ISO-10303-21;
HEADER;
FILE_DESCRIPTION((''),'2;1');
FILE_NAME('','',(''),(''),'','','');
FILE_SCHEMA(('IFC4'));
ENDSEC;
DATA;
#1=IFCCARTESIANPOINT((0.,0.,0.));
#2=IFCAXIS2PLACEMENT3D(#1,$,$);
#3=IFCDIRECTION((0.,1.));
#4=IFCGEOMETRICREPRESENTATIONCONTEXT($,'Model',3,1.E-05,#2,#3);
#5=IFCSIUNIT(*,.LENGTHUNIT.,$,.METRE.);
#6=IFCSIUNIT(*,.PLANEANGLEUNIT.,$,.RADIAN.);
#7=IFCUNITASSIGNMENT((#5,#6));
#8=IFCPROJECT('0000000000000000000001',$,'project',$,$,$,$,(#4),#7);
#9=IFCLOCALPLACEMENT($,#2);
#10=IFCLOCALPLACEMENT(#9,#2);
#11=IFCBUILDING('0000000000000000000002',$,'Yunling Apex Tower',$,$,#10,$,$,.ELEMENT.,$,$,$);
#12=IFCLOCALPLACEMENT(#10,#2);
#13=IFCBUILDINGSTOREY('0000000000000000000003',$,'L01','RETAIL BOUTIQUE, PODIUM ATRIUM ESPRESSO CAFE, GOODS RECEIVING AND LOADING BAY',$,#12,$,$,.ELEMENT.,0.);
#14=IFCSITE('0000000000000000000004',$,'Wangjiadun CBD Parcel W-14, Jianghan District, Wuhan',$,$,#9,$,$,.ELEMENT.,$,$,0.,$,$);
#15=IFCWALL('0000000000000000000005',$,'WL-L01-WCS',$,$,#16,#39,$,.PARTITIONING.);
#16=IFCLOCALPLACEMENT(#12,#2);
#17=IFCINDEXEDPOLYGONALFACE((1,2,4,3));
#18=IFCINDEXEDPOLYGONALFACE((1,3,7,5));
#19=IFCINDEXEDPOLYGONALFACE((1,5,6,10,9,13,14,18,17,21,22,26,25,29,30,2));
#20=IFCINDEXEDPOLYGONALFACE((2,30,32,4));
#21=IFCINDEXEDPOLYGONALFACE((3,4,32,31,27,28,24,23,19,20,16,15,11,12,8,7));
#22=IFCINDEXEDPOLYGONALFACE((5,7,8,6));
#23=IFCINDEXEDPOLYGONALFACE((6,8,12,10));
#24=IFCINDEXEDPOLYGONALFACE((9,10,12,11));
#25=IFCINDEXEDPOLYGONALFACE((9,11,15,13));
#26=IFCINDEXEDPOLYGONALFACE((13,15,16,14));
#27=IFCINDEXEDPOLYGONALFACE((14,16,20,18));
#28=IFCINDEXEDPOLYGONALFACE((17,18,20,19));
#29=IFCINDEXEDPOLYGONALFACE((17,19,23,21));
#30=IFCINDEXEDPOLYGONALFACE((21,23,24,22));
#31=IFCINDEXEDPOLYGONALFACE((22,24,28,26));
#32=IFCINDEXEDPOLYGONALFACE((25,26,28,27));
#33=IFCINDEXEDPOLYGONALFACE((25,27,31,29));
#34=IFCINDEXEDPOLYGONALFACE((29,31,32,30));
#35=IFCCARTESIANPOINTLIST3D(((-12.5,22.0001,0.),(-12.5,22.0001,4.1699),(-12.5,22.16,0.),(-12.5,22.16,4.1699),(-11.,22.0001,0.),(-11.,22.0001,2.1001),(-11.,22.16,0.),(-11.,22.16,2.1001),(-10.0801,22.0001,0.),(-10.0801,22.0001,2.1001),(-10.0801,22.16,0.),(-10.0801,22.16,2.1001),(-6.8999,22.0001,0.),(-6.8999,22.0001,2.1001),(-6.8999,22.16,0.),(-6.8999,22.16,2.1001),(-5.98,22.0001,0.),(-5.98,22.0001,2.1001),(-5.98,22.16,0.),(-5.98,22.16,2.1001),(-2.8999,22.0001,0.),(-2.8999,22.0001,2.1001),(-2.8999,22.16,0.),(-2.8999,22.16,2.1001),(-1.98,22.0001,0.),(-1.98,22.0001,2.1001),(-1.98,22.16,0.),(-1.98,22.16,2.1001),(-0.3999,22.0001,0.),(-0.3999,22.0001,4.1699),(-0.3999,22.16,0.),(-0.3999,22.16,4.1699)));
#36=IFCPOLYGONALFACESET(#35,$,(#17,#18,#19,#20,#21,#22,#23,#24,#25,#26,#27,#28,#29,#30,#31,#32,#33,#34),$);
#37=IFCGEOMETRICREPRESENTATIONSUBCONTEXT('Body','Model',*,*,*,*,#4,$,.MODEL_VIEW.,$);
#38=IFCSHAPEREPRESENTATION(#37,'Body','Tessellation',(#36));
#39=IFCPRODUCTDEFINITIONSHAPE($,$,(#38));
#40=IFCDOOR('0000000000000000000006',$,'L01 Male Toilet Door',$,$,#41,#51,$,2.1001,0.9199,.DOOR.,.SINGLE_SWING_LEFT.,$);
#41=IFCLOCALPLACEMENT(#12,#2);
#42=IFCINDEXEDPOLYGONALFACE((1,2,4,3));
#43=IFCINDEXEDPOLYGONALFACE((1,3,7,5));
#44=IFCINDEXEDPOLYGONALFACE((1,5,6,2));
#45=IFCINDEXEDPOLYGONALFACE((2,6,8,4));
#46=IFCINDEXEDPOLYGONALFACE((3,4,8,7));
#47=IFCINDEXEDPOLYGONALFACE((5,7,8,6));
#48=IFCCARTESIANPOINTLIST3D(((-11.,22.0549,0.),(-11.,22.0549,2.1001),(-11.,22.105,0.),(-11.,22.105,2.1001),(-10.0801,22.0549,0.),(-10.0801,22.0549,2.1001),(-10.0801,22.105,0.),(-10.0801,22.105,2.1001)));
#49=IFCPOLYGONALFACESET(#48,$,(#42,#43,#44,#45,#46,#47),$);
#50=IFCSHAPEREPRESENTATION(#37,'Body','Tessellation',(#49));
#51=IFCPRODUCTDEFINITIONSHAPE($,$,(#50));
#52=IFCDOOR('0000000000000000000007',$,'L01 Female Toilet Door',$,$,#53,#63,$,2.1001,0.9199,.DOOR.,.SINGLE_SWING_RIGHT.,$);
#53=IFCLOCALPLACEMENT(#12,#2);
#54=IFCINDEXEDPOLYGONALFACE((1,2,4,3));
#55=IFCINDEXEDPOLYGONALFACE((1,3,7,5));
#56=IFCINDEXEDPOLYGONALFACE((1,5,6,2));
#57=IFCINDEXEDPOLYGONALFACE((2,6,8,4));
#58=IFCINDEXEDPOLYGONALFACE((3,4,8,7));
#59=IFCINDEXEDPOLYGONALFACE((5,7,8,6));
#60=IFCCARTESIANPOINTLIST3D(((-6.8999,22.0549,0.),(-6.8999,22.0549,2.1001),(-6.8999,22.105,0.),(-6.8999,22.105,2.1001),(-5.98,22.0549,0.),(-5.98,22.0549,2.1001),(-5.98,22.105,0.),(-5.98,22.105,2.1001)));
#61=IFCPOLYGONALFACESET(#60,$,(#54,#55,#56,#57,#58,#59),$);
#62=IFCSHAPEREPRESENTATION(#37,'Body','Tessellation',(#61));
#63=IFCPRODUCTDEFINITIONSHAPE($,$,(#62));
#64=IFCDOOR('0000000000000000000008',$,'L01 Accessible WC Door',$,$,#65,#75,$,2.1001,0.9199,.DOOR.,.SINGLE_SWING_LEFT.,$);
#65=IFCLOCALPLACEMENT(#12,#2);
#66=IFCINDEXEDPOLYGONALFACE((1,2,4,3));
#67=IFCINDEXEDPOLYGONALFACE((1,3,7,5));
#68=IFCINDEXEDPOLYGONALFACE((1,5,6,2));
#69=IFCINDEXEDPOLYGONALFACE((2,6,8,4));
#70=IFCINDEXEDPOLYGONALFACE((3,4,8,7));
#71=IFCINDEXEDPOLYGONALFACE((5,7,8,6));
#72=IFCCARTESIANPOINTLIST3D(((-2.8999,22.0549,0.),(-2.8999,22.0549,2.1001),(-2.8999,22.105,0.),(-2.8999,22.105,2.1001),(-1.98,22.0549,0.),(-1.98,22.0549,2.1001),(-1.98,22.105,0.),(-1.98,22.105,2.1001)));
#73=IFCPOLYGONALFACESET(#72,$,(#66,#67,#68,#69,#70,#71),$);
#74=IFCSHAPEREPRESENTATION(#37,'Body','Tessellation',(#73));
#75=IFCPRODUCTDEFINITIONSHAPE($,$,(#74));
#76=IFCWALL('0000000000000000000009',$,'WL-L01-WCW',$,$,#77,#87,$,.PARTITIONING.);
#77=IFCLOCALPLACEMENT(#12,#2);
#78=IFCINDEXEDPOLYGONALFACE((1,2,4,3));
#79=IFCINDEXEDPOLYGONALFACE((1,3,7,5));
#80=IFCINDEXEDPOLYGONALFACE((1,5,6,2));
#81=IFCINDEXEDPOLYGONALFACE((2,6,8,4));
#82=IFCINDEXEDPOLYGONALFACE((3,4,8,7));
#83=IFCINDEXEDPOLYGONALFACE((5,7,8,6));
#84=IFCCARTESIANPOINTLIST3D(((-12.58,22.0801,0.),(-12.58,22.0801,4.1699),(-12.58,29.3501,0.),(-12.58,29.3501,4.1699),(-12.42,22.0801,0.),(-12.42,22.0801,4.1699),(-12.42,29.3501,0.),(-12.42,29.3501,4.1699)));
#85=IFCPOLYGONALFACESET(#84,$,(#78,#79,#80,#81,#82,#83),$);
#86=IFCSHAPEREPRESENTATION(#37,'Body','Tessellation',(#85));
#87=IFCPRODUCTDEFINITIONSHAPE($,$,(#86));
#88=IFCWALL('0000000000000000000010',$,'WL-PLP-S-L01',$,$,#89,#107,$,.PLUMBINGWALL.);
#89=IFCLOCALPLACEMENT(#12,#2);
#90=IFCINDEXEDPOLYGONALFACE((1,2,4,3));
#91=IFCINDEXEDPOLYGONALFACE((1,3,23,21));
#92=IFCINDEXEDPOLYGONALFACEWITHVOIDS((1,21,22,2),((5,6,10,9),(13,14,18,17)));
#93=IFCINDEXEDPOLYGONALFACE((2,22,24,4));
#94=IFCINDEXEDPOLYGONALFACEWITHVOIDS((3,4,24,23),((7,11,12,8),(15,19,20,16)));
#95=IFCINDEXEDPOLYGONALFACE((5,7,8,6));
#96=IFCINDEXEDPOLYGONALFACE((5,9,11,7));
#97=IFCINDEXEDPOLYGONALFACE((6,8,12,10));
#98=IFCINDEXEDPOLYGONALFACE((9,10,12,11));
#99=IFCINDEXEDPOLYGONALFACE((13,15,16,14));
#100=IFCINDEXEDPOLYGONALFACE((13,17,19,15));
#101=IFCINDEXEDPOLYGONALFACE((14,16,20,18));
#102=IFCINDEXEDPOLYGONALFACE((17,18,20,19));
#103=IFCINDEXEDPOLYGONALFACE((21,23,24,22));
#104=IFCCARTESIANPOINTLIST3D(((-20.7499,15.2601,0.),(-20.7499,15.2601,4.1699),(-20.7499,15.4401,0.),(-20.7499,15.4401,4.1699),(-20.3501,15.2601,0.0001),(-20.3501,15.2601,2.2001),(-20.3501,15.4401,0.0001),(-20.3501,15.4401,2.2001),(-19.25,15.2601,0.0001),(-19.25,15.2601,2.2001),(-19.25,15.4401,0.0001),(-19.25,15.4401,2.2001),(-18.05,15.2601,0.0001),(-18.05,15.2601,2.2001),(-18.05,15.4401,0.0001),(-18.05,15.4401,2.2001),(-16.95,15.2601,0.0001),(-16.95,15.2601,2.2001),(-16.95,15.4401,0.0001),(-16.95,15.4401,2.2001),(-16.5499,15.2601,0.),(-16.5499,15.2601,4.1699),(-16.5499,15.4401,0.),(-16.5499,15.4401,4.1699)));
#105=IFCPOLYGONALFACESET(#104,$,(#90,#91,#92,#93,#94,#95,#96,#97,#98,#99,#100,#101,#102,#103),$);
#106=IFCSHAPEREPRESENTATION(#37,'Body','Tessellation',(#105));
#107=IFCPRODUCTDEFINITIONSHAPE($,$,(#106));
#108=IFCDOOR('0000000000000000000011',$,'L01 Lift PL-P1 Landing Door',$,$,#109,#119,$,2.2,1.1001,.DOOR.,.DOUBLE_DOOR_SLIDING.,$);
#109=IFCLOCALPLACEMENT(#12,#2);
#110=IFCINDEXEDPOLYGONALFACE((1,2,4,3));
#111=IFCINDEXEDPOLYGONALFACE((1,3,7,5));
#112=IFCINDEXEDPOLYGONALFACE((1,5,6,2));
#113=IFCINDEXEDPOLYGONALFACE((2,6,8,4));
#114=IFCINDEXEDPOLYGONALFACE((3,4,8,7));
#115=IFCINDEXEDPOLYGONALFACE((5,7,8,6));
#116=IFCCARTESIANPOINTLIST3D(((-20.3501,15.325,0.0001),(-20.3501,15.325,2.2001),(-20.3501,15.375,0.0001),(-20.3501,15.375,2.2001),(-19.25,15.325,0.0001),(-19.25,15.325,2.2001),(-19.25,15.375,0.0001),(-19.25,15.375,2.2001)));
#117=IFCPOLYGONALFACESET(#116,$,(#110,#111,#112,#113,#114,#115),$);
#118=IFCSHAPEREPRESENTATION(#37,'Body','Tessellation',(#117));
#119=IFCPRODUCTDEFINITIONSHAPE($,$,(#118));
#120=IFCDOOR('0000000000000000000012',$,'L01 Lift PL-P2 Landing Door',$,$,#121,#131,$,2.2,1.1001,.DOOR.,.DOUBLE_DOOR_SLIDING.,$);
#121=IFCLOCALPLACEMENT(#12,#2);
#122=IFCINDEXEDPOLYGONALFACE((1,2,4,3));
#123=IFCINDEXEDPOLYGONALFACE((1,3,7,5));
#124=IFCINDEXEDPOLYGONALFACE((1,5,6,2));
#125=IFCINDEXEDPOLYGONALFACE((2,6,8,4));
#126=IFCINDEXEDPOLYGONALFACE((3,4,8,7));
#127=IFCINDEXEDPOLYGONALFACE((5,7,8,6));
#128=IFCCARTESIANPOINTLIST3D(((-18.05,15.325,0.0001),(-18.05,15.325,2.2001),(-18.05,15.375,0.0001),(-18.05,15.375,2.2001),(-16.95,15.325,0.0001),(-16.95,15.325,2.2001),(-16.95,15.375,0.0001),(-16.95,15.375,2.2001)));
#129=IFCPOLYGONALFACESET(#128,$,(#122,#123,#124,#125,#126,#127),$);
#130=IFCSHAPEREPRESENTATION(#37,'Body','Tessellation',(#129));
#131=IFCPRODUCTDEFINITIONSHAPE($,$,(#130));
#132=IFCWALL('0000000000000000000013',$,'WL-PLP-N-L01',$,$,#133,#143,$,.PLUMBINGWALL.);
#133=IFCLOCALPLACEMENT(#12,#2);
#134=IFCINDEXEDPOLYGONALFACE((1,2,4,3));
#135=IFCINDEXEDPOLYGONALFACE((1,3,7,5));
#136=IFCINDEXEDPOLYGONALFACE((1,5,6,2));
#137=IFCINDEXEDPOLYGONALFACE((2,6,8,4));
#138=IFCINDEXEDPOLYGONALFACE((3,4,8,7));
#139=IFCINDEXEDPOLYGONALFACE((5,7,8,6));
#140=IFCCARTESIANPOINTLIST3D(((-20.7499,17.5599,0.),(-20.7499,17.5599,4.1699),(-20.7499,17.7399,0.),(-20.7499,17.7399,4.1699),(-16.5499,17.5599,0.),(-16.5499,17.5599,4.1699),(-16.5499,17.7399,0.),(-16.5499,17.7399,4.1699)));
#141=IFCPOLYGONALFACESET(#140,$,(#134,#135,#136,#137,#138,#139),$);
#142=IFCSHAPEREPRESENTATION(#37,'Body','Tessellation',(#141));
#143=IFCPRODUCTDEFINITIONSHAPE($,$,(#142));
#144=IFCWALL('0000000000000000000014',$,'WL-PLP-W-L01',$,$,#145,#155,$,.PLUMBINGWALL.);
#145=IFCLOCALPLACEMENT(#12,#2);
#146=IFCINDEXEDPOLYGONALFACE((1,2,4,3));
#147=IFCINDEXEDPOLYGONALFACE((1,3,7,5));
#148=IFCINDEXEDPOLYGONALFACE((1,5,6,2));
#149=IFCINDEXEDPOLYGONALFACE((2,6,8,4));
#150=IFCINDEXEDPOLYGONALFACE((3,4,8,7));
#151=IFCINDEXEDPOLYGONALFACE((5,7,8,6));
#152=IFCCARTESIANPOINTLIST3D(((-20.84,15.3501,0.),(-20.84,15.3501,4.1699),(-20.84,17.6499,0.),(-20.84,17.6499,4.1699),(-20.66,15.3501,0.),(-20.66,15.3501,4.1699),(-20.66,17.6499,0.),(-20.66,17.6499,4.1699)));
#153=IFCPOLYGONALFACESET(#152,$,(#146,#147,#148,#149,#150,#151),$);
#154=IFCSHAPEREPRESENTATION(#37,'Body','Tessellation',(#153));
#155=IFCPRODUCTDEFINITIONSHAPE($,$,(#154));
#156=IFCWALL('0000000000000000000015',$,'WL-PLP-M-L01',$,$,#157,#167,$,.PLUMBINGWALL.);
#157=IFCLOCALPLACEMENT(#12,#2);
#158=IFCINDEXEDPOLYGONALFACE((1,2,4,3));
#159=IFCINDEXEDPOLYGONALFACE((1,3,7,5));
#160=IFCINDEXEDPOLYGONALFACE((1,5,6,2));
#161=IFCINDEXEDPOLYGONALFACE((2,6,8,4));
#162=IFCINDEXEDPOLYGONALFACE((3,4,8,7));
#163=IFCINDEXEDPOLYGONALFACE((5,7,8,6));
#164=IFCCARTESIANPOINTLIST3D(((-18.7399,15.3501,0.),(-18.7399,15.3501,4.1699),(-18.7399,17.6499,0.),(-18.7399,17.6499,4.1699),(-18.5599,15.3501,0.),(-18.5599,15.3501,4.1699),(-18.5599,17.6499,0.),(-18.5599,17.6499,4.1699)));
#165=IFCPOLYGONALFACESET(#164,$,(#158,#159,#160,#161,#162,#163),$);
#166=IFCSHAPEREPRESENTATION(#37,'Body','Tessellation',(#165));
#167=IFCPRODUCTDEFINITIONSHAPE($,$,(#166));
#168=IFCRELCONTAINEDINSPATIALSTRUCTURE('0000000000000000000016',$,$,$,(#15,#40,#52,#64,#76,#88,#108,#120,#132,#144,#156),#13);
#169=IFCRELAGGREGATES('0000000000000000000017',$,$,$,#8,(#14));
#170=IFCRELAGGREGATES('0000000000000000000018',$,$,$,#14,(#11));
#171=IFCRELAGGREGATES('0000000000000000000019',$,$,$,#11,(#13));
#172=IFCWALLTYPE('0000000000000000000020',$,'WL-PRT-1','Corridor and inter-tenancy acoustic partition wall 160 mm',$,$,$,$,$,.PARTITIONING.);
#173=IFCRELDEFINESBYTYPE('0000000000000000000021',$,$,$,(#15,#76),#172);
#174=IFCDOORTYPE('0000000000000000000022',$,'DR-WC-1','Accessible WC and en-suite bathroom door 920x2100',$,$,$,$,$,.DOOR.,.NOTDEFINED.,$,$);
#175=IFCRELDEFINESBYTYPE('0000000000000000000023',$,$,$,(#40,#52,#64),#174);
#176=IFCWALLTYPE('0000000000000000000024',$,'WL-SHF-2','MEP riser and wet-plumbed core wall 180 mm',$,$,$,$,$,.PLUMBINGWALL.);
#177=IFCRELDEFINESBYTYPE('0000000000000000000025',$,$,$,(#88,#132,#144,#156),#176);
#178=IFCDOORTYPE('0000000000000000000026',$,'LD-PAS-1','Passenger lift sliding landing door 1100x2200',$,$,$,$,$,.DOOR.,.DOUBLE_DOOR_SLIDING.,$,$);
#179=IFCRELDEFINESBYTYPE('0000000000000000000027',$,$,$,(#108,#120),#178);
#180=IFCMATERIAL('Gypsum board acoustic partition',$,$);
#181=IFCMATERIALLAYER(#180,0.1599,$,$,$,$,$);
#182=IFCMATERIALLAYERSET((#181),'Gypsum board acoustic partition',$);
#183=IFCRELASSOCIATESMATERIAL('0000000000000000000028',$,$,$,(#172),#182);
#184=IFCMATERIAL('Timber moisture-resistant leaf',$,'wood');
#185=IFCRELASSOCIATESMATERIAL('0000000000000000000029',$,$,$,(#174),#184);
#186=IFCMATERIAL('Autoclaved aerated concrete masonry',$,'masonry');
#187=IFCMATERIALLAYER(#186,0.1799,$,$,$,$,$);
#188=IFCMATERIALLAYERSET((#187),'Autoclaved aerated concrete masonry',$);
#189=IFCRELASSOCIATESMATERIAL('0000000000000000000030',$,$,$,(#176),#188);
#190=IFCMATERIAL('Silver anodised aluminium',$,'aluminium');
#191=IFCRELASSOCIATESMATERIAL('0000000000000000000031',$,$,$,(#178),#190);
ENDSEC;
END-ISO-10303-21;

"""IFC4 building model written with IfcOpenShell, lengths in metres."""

from ifc_helpers import new_model, si_unit, direction, frame, frame_2d, origin, place, context, subcontext, project, spatial, rectangle, extrude, material, layer, layer_set, type_object, element, fill, save


model = new_model("IFC4")

# Units and contexts
model_context = context("Model", 3, precision=1e-05, world=origin(), true_north=direction((0.0, 1.0)))
body_context = subcontext(model_context, "Body", "Model", "MODEL_VIEW")
ifc_project = project(units=[si_unit("LENGTHUNIT", "METRE"), si_unit("PLANEANGLEUNIT", "RADIAN")], contexts=[model_context])

# Site, building, storey
site_placement = place(None, origin())
site = spatial("IfcSite", under=ifc_project, at=site_placement, Name="Wangjiadun CBD Parcel W-14, Jianghan District, Wuhan", CompositionType="ELEMENT", RefElevation=0.0)
building_placement = place(site_placement, origin())
building = spatial("IfcBuilding", under=site, at=building_placement, Name="Yunling Apex Tower", CompositionType="ELEMENT")
storey_placement = place(building_placement, origin())
storey = spatial("IfcBuildingStorey", under=building, at=storey_placement, Name="L01", Description="RETAIL BOUTIQUE, PODIUM ATRIUM ESPRESSO CAFE, GOODS RECEIVING AND LOADING BAY", CompositionType="ELEMENT", Elevation=0.0)

# Wall, openings, doors
ifc_material_1 = material(Name="Gypsum board acoustic partition")
ifc_layer_1 = layer(ifc_material_1, 0.1599)
ifc_layer_set_1 = layer_set([ifc_layer_1], Name="Gypsum board acoustic partition")
wall_type_1 = type_object("IfcWallType", Name="WL-PRT-1", Description="Corridor and inter-tenancy acoustic partition wall 160 mm", PredefinedType="PARTITIONING", material=ifc_layer_set_1)
wall_1_placement = place(storey_placement, frame((-12.5, 22.0801, 0.0), z_axis=(0.0, 0.0, 1.0), x_axis=(1.0, 0.0, 0.0)))
wall_1 = element("IfcWall", 1, at=wall_1_placement, inside=storey, type_object=wall_type_1, Name="WL-L01-WCS", PredefinedType="PARTITIONING", context=body_context, shape_type="SweptSolid", body=[
    extrude(rectangle(XDim=12.1001, YDim=0.1599, at=frame_2d((6.05, 0.0))), origin(), (0.0, 0.0, 1.0), 4.1699),
])
opening_1_placement = place(wall_1_placement, frame((1.5, 0.0, 0.0)))
opening_1 = element("IfcOpeningElement", 2, at=opening_1_placement, cuts=wall_1, PredefinedType="OPENING", context=body_context, shape_type="SweptSolid", body=[
    extrude(rectangle(XDim=0.9199, YDim=2.1001, at=frame_2d((0.46, 1.05))), frame((0.0, 0.0898, 0.0), z_axis=(0.0, -1.0, 0.0), x_axis=(1.0, 0.0, 0.0)), (0.0, 0.0, 1.0), 0.1799),
])
opening_2_placement = place(wall_1_placement, frame((5.6001, 0.0, 0.0)))
opening_2 = element("IfcOpeningElement", 3, at=opening_2_placement, cuts=wall_1, PredefinedType="OPENING", context=body_context, shape_type="SweptSolid", body=[
    extrude(rectangle(XDim=0.9199, YDim=2.1001, at=frame_2d((0.46, 1.05))), frame((0.0, 0.0898, 0.0), z_axis=(0.0, -1.0, 0.0), x_axis=(1.0, 0.0, 0.0)), (0.0, 0.0, 1.0), 0.1799),
])
opening_3_placement = place(wall_1_placement, frame((9.6001, 0.0, 0.0)))
opening_3 = element("IfcOpeningElement", 4, at=opening_3_placement, cuts=wall_1, PredefinedType="OPENING", context=body_context, shape_type="SweptSolid", body=[
    extrude(rectangle(XDim=0.9199, YDim=2.1001, at=frame_2d((0.46, 1.05))), frame((0.0, 0.0898, 0.0), z_axis=(0.0, -1.0, 0.0), x_axis=(1.0, 0.0, 0.0)), (0.0, 0.0, 1.0), 0.1799),
])
ifc_material_2 = material(Name="Timber moisture-resistant leaf", Category="wood")
door_type_1 = type_object("IfcDoorType", Name="DR-WC-1", Description="Accessible WC and en-suite bathroom door 920x2100", OperationType="NOTDEFINED", PredefinedType="DOOR", material=ifc_material_2)
door_1_placement = place(opening_1_placement, origin())
door_1 = element("IfcDoor", 5, at=door_1_placement, inside=storey, type_object=door_type_1, Name="L01 Male Toilet Door", OperationType="SINGLE_SWING_LEFT", OverallHeight=2.1001, OverallWidth=0.9199, PredefinedType="DOOR", context=body_context, shape_type="SweptSolid", body=[
    extrude(rectangle(XDim=0.9199, YDim=2.1001, at=frame_2d((0.46, 1.05))), frame((0.0, 0.0249, 0.0), z_axis=(0.0, -1.0, 0.0), x_axis=(1.0, 0.0, 0.0)), (0.0, 0.0, 1.0), 0.05),
])
fill(opening_1, door_1)
door_2_placement = place(opening_2_placement, origin())
door_2 = element("IfcDoor", 6, at=door_2_placement, inside=storey, type_object=door_type_1, Name="L01 Female Toilet Door", OperationType="SINGLE_SWING_RIGHT", OverallHeight=2.1001, OverallWidth=0.9199, PredefinedType="DOOR", context=body_context, shape_type="SweptSolid", body=[
    extrude(rectangle(XDim=0.9199, YDim=2.1001, at=frame_2d((0.46, 1.05))), frame((0.0, 0.0249, 0.0), z_axis=(0.0, -1.0, 0.0), x_axis=(1.0, 0.0, 0.0)), (0.0, 0.0, 1.0), 0.05),
])
fill(opening_2, door_2)
door_3_placement = place(opening_3_placement, origin())
door_3 = element("IfcDoor", 7, at=door_3_placement, inside=storey, type_object=door_type_1, Name="L01 Accessible WC Door", OperationType="SINGLE_SWING_LEFT", OverallHeight=2.1001, OverallWidth=0.9199, PredefinedType="DOOR", context=body_context, shape_type="SweptSolid", body=[
    extrude(rectangle(XDim=0.9199, YDim=2.1001, at=frame_2d((0.46, 1.05))), frame((0.0, 0.0249, 0.0), z_axis=(0.0, -1.0, 0.0), x_axis=(1.0, 0.0, 0.0)), (0.0, 0.0, 1.0), 0.05),
])
fill(opening_3, door_3)

# Wall
wall_2_placement = place(storey_placement, frame((-12.5, 22.0801, 0.0), z_axis=(0.0, 0.0, 1.0), x_axis=(0.0, 1.0, 0.0)))
element("IfcWall", 8, at=wall_2_placement, inside=storey, type_object=wall_type_1, Name="WL-L01-WCW", PredefinedType="PARTITIONING", context=body_context, shape_type="SweptSolid", body=[
    extrude(rectangle(XDim=7.27, YDim=0.1599, at=frame_2d((3.635, 0.0))), origin(), (0.0, 0.0, 1.0), 4.1699),
])

# Wall, openings, doors
ifc_material_3 = material(Name="Autoclaved aerated concrete masonry", Category="masonry")
ifc_layer_2 = layer(ifc_material_3, 0.1799)
ifc_layer_set_2 = layer_set([ifc_layer_2], Name="Autoclaved aerated concrete masonry")
wall_type_2 = type_object("IfcWallType", Name="WL-SHF-2", Description="MEP riser and wet-plumbed core wall 180 mm", PredefinedType="PLUMBINGWALL", material=ifc_layer_set_2)
wall_3_placement = place(storey_placement, frame((-20.75, 15.3501, 0.0), z_axis=(0.0, 0.0, 1.0), x_axis=(1.0, 0.0, 0.0)))
wall_3 = element("IfcWall", 9, at=wall_3_placement, inside=storey, type_object=wall_type_2, Name="WL-PLP-S-L01", PredefinedType="PLUMBINGWALL", context=body_context, shape_type="SweptSolid", body=[
    extrude(rectangle(XDim=4.2, YDim=0.1799, at=frame_2d((2.1001, 0.0))), origin(), (0.0, 0.0, 1.0), 4.1699),
])
opening_4_placement = place(wall_3_placement, frame((0.3999, 0.0, 0.0)))
opening_4 = element("IfcOpeningElement", 10, at=opening_4_placement, cuts=wall_3, PredefinedType="OPENING", context=body_context, shape_type="SweptSolid", body=[
    extrude(rectangle(XDim=1.1001, YDim=2.2, at=frame_2d((0.55, 1.1001))), frame((0.0, 0.1001, 0.0), z_axis=(0.0, -1.0, 0.0), x_axis=(1.0, 0.0, 0.0)), (0.0, 0.0, 1.0), 0.2),
])
opening_5_placement = place(wall_3_placement, frame((2.7, 0.0, 0.0)))
opening_5 = element("IfcOpeningElement", 11, at=opening_5_placement, cuts=wall_3, PredefinedType="OPENING", context=body_context, shape_type="SweptSolid", body=[
    extrude(rectangle(XDim=1.1001, YDim=2.2, at=frame_2d((0.55, 1.1001))), frame((0.0, 0.1001, 0.0), z_axis=(0.0, -1.0, 0.0), x_axis=(1.0, 0.0, 0.0)), (0.0, 0.0, 1.0), 0.2),
])
ifc_material_4 = material(Name="Silver anodised aluminium", Category="aluminium")
door_type_2 = type_object("IfcDoorType", Name="LD-PAS-1", Description="Passenger lift sliding landing door 1100x2200", OperationType="DOUBLE_DOOR_SLIDING", PredefinedType="DOOR", material=ifc_material_4)
door_4_placement = place(opening_4_placement, origin())
door_4 = element("IfcDoor", 12, at=door_4_placement, inside=storey, type_object=door_type_2, Name="L01 Lift PL-P1 Landing Door", OperationType="DOUBLE_DOOR_SLIDING", OverallHeight=2.2, OverallWidth=1.1001, PredefinedType="DOOR", context=body_context, shape_type="SweptSolid", body=[
    extrude(rectangle(XDim=1.1001, YDim=2.2, at=frame_2d((0.55, 1.1001))), frame((0.0, 0.0249, 0.0), z_axis=(0.0, -1.0, 0.0), x_axis=(1.0, 0.0, 0.0)), (0.0, 0.0, 1.0), 0.05),
])
fill(opening_4, door_4)
door_5_placement = place(opening_5_placement, origin())
door_5 = element("IfcDoor", 13, at=door_5_placement, inside=storey, type_object=door_type_2, Name="L01 Lift PL-P2 Landing Door", OperationType="DOUBLE_DOOR_SLIDING", OverallHeight=2.2, OverallWidth=1.1001, PredefinedType="DOOR", context=body_context, shape_type="SweptSolid", body=[
    extrude(rectangle(XDim=1.1001, YDim=2.2, at=frame_2d((0.55, 1.1001))), frame((0.0, 0.0249, 0.0), z_axis=(0.0, -1.0, 0.0), x_axis=(1.0, 0.0, 0.0)), (0.0, 0.0, 1.0), 0.05),
])
fill(opening_5, door_5)

# Walls
wall_4_placement = place(storey_placement, frame((-20.75, 17.6499, 0.0), z_axis=(0.0, 0.0, 1.0), x_axis=(1.0, 0.0, 0.0)))
element("IfcWall", 14, at=wall_4_placement, inside=storey, type_object=wall_type_2, Name="WL-PLP-N-L01", PredefinedType="PLUMBINGWALL", context=body_context, shape_type="SweptSolid", body=[
    extrude(rectangle(XDim=4.2, YDim=0.1799, at=frame_2d((2.1001, 0.0))), origin(), (0.0, 0.0, 1.0), 4.1699),
])
for number, where, z_axis, x_axis, name in (
    (15, (-20.75, 15.3501, 0.0), (0.0, 0.0, 1.0), (0.0, 1.0, 0.0), "WL-PLP-W-L01"),
    (16, (-18.6499, 15.3501, 0.0), (0.0, 0.0, 1.0), (0.0, 1.0, 0.0), "WL-PLP-M-L01"),
):
    element("IfcWall", number, at=place(storey_placement, frame(where, z_axis=z_axis, x_axis=x_axis)), inside=storey, type_object=wall_type_2, Name=name, PredefinedType="PLUMBINGWALL", context=body_context, shape_type="SweptSolid", body=[
        extrude(rectangle(XDim=2.2998, YDim=0.1799, at=frame_2d((1.1499, 0.0))), origin(), (0.0, 0.0, 1.0), 4.1699),
    ])

save(model, "model.ifc")
